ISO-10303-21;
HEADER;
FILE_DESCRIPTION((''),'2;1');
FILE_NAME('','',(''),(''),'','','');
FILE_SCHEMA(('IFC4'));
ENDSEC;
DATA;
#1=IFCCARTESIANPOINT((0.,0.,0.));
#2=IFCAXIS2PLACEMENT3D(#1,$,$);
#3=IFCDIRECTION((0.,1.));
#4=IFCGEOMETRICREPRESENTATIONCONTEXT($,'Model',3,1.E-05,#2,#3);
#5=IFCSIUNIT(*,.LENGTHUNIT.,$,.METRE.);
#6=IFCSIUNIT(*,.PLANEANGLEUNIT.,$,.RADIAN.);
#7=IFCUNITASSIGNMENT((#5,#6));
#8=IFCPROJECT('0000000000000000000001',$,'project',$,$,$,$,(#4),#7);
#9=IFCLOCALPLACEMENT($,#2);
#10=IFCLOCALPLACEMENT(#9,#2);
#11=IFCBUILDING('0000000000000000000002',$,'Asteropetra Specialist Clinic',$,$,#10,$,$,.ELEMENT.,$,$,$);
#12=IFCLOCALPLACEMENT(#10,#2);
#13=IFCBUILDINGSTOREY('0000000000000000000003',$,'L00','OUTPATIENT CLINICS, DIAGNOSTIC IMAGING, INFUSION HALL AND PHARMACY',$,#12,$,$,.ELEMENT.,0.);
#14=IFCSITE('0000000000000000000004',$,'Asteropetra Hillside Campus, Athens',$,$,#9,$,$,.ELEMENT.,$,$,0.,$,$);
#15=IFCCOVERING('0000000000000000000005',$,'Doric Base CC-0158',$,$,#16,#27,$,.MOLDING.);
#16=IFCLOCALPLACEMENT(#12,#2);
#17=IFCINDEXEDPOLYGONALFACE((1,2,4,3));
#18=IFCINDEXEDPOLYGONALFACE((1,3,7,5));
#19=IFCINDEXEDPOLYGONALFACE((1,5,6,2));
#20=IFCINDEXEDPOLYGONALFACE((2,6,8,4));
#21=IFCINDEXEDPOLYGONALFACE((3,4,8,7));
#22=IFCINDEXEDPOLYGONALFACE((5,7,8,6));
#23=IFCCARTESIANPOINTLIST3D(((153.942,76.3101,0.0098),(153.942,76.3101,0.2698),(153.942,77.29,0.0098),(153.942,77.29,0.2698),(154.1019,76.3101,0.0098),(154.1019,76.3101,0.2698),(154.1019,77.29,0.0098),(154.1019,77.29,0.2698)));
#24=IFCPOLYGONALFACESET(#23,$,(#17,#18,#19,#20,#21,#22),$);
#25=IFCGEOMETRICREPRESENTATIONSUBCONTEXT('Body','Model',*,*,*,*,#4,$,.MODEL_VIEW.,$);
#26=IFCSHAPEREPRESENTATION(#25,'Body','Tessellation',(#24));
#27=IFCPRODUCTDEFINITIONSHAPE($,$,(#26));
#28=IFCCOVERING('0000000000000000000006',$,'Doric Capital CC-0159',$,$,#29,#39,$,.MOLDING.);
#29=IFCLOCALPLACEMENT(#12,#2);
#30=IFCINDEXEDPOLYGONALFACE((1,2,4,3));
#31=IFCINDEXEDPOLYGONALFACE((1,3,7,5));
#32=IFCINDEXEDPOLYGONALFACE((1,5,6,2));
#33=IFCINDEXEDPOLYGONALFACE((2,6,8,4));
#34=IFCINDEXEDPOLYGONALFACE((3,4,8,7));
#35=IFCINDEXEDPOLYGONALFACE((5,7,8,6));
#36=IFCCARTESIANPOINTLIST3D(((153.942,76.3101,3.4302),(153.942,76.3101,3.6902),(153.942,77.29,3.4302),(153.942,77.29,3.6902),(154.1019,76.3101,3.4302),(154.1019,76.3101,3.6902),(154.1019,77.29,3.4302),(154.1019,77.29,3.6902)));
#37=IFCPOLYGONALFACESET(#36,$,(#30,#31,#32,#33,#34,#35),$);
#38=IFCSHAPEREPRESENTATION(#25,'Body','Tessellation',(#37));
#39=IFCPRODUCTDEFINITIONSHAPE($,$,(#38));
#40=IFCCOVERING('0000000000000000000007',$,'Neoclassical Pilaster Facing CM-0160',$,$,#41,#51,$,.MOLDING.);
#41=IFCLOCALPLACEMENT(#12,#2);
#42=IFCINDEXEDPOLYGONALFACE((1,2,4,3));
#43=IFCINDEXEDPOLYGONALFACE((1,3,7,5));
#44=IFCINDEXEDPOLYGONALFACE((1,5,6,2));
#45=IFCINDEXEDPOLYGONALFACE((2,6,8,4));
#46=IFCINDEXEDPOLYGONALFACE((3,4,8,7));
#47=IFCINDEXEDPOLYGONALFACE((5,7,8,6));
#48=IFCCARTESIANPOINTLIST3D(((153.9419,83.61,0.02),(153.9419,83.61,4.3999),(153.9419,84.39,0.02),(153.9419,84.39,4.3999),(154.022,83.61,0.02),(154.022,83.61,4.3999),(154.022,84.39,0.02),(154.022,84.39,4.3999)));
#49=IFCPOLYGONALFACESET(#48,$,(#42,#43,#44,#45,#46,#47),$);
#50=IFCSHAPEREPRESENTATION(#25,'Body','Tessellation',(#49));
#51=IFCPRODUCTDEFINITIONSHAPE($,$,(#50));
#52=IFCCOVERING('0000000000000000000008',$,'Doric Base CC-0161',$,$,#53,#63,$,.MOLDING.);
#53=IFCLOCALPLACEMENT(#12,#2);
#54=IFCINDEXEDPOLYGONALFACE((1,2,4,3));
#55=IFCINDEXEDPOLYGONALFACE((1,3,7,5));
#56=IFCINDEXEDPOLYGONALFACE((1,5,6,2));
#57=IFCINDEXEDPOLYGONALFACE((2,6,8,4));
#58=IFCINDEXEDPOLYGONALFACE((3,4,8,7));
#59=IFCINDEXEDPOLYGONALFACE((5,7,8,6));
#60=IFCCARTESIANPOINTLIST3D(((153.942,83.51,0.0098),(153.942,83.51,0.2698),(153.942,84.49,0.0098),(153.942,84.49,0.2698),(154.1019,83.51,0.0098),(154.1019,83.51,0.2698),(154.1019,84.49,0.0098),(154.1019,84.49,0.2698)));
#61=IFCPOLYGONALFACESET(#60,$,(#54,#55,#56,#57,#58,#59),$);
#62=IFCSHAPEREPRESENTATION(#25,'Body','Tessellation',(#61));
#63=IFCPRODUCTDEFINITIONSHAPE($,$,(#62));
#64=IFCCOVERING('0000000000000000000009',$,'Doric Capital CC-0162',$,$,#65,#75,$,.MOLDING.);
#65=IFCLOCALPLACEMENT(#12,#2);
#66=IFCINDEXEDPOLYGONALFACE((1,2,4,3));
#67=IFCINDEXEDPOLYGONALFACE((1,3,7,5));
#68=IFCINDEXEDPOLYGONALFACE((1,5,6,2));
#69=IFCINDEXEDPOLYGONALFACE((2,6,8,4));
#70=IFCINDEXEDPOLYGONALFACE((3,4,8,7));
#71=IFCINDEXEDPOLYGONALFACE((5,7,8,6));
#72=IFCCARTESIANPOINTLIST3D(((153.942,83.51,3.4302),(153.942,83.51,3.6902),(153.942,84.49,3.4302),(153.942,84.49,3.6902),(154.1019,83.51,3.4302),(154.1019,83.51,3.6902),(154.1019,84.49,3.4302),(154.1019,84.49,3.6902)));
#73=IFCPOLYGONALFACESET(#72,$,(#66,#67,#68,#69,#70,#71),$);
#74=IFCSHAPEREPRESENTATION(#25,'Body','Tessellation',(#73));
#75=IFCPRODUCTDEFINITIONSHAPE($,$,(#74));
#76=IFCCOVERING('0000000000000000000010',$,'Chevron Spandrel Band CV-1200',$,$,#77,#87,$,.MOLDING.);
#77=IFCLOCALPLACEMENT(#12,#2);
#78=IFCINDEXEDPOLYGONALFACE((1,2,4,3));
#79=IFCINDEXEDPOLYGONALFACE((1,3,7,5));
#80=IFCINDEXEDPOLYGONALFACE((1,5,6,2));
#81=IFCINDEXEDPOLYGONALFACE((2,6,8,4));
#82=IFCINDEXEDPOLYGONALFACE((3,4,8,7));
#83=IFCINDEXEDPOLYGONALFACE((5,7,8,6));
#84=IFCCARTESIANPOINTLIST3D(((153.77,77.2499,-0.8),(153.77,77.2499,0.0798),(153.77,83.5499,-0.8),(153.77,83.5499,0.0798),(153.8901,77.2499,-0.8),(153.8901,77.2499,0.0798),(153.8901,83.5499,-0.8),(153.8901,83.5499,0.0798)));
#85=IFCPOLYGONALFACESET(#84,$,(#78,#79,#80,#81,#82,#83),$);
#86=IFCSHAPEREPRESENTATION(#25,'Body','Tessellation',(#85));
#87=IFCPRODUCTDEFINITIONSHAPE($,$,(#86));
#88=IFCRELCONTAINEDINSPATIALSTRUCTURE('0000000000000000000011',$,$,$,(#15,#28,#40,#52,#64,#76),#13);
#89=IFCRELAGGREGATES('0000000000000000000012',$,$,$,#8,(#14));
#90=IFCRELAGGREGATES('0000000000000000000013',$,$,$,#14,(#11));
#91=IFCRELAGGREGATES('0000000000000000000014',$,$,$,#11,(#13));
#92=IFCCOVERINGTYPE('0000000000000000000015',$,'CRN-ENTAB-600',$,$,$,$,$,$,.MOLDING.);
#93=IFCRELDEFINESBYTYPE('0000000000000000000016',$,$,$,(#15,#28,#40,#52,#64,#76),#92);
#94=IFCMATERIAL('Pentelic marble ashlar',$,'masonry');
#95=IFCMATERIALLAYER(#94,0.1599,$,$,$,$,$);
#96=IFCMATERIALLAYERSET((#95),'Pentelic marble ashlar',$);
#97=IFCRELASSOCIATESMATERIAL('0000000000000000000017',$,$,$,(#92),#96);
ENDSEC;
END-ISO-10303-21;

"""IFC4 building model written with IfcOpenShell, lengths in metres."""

from ifc_helpers import new_model, si_unit, direction, frame, origin, origin_2d, place, context, subcontext, project, spatial, rectangle, extrude, material, layer, layer_set, type_object, element, save


model = new_model("IFC4")

# Units and contexts
model_context = context("Model", 3, precision=1e-05, world=origin(), true_north=direction((0.0, 1.0)))
body_context = subcontext(model_context, "Body", "Model", "MODEL_VIEW")
ifc_project = project(units=[si_unit("LENGTHUNIT", "METRE"), si_unit("PLANEANGLEUNIT", "RADIAN")], contexts=[model_context])

# Site, building, storey
site_placement = place(None, origin())
site = spatial("IfcSite", under=ifc_project, at=site_placement, Name="Asteropetra Hillside Campus, Athens", CompositionType="ELEMENT", RefElevation=0.0)
building_placement = place(site_placement, origin())
building = spatial("IfcBuilding", under=site, at=building_placement, Name="Asteropetra Specialist Clinic", CompositionType="ELEMENT")
storey_placement = place(building_placement, origin())
storey = spatial("IfcBuildingStorey", under=building, at=storey_placement, Name="L00", Description="OUTPATIENT CLINICS, DIAGNOSTIC IMAGING, INFUSION HALL AND PHARMACY", CompositionType="ELEMENT", Elevation=0.0)

# Coverings
ifc_material_1 = material(Name="Pentelic marble ashlar", Category="masonry")
ifc_layer_1 = layer(ifc_material_1, 0.1599)
ifc_layer_set_1 = layer_set([ifc_layer_1], Name="Pentelic marble ashlar")
covering_type = type_object("IfcCoveringType", Name="CRN-ENTAB-600", PredefinedType="MOLDING", material=ifc_layer_set_1)
for number, where, z_axis, x_axis, name in (
    (1, (154.022, 76.8, 0.0098), (0.0, 0.0, 1.0), (1.0, 0.0, 0.0), "Doric Base CC-0158"),
    (2, (154.022, 76.8, 3.4302), (0.0, 0.0, 1.0), (1.0, 0.0, 0.0), "Doric Capital CC-0159"),
):
    element("IfcCovering", number, at=place(storey_placement, frame(where, z_axis=z_axis, x_axis=x_axis)), inside=storey, type_object=covering_type, Name=name, PredefinedType="MOLDING", context=body_context, shape_type="SweptSolid", body=[
        extrude(rectangle(XDim=0.1599, YDim=0.98, at=origin_2d()), origin(), (0.0, 0.0, 1.0), 0.26),
    ])
covering_1_placement = place(storey_placement, frame((153.9819, 84.0, 0.02), z_axis=(0.0, 0.0, 1.0), x_axis=(1.0, 0.0, 0.0)))
element("IfcCovering", 3, at=covering_1_placement, inside=storey, type_object=covering_type, Name="Neoclassical Pilaster Facing CM-0160", PredefinedType="MOLDING", context=body_context, shape_type="SweptSolid", body=[
    extrude(rectangle(XDim=0.0801, YDim=0.78, at=origin_2d()), origin(), (0.0, 0.0, 1.0), 4.3799),
])
for number, where, z_axis, x_axis, name in (
    (4, (154.022, 84.0, 0.0098), (0.0, 0.0, 1.0), (1.0, 0.0, 0.0), "Doric Base CC-0161"),
    (5, (154.022, 84.0, 3.4302), (0.0, 0.0, 1.0), (1.0, 0.0, 0.0), "Doric Capital CC-0162"),
):
    element("IfcCovering", number, at=place(storey_placement, frame(where, z_axis=z_axis, x_axis=x_axis)), inside=storey, type_object=covering_type, Name=name, PredefinedType="MOLDING", context=body_context, shape_type="SweptSolid", body=[
        extrude(rectangle(XDim=0.1599, YDim=0.98, at=origin_2d()), origin(), (0.0, 0.0, 1.0), 0.26),
    ])
covering_2_placement = place(storey_placement, frame((153.8301, 80.3999, -0.8), z_axis=(0.0, 0.0, 1.0), x_axis=(1.0, 0.0, 0.0)))
element("IfcCovering", 6, at=covering_2_placement, inside=storey, type_object=covering_type, Name="Chevron Spandrel Band CV-1200", PredefinedType="MOLDING", context=body_context, shape_type="SweptSolid", body=[
    extrude(rectangle(XDim=0.1201, YDim=6.3, at=origin_2d()), origin(), (0.0, 0.0, 1.0), 0.8799),
])

save(model, "model.ifc")
